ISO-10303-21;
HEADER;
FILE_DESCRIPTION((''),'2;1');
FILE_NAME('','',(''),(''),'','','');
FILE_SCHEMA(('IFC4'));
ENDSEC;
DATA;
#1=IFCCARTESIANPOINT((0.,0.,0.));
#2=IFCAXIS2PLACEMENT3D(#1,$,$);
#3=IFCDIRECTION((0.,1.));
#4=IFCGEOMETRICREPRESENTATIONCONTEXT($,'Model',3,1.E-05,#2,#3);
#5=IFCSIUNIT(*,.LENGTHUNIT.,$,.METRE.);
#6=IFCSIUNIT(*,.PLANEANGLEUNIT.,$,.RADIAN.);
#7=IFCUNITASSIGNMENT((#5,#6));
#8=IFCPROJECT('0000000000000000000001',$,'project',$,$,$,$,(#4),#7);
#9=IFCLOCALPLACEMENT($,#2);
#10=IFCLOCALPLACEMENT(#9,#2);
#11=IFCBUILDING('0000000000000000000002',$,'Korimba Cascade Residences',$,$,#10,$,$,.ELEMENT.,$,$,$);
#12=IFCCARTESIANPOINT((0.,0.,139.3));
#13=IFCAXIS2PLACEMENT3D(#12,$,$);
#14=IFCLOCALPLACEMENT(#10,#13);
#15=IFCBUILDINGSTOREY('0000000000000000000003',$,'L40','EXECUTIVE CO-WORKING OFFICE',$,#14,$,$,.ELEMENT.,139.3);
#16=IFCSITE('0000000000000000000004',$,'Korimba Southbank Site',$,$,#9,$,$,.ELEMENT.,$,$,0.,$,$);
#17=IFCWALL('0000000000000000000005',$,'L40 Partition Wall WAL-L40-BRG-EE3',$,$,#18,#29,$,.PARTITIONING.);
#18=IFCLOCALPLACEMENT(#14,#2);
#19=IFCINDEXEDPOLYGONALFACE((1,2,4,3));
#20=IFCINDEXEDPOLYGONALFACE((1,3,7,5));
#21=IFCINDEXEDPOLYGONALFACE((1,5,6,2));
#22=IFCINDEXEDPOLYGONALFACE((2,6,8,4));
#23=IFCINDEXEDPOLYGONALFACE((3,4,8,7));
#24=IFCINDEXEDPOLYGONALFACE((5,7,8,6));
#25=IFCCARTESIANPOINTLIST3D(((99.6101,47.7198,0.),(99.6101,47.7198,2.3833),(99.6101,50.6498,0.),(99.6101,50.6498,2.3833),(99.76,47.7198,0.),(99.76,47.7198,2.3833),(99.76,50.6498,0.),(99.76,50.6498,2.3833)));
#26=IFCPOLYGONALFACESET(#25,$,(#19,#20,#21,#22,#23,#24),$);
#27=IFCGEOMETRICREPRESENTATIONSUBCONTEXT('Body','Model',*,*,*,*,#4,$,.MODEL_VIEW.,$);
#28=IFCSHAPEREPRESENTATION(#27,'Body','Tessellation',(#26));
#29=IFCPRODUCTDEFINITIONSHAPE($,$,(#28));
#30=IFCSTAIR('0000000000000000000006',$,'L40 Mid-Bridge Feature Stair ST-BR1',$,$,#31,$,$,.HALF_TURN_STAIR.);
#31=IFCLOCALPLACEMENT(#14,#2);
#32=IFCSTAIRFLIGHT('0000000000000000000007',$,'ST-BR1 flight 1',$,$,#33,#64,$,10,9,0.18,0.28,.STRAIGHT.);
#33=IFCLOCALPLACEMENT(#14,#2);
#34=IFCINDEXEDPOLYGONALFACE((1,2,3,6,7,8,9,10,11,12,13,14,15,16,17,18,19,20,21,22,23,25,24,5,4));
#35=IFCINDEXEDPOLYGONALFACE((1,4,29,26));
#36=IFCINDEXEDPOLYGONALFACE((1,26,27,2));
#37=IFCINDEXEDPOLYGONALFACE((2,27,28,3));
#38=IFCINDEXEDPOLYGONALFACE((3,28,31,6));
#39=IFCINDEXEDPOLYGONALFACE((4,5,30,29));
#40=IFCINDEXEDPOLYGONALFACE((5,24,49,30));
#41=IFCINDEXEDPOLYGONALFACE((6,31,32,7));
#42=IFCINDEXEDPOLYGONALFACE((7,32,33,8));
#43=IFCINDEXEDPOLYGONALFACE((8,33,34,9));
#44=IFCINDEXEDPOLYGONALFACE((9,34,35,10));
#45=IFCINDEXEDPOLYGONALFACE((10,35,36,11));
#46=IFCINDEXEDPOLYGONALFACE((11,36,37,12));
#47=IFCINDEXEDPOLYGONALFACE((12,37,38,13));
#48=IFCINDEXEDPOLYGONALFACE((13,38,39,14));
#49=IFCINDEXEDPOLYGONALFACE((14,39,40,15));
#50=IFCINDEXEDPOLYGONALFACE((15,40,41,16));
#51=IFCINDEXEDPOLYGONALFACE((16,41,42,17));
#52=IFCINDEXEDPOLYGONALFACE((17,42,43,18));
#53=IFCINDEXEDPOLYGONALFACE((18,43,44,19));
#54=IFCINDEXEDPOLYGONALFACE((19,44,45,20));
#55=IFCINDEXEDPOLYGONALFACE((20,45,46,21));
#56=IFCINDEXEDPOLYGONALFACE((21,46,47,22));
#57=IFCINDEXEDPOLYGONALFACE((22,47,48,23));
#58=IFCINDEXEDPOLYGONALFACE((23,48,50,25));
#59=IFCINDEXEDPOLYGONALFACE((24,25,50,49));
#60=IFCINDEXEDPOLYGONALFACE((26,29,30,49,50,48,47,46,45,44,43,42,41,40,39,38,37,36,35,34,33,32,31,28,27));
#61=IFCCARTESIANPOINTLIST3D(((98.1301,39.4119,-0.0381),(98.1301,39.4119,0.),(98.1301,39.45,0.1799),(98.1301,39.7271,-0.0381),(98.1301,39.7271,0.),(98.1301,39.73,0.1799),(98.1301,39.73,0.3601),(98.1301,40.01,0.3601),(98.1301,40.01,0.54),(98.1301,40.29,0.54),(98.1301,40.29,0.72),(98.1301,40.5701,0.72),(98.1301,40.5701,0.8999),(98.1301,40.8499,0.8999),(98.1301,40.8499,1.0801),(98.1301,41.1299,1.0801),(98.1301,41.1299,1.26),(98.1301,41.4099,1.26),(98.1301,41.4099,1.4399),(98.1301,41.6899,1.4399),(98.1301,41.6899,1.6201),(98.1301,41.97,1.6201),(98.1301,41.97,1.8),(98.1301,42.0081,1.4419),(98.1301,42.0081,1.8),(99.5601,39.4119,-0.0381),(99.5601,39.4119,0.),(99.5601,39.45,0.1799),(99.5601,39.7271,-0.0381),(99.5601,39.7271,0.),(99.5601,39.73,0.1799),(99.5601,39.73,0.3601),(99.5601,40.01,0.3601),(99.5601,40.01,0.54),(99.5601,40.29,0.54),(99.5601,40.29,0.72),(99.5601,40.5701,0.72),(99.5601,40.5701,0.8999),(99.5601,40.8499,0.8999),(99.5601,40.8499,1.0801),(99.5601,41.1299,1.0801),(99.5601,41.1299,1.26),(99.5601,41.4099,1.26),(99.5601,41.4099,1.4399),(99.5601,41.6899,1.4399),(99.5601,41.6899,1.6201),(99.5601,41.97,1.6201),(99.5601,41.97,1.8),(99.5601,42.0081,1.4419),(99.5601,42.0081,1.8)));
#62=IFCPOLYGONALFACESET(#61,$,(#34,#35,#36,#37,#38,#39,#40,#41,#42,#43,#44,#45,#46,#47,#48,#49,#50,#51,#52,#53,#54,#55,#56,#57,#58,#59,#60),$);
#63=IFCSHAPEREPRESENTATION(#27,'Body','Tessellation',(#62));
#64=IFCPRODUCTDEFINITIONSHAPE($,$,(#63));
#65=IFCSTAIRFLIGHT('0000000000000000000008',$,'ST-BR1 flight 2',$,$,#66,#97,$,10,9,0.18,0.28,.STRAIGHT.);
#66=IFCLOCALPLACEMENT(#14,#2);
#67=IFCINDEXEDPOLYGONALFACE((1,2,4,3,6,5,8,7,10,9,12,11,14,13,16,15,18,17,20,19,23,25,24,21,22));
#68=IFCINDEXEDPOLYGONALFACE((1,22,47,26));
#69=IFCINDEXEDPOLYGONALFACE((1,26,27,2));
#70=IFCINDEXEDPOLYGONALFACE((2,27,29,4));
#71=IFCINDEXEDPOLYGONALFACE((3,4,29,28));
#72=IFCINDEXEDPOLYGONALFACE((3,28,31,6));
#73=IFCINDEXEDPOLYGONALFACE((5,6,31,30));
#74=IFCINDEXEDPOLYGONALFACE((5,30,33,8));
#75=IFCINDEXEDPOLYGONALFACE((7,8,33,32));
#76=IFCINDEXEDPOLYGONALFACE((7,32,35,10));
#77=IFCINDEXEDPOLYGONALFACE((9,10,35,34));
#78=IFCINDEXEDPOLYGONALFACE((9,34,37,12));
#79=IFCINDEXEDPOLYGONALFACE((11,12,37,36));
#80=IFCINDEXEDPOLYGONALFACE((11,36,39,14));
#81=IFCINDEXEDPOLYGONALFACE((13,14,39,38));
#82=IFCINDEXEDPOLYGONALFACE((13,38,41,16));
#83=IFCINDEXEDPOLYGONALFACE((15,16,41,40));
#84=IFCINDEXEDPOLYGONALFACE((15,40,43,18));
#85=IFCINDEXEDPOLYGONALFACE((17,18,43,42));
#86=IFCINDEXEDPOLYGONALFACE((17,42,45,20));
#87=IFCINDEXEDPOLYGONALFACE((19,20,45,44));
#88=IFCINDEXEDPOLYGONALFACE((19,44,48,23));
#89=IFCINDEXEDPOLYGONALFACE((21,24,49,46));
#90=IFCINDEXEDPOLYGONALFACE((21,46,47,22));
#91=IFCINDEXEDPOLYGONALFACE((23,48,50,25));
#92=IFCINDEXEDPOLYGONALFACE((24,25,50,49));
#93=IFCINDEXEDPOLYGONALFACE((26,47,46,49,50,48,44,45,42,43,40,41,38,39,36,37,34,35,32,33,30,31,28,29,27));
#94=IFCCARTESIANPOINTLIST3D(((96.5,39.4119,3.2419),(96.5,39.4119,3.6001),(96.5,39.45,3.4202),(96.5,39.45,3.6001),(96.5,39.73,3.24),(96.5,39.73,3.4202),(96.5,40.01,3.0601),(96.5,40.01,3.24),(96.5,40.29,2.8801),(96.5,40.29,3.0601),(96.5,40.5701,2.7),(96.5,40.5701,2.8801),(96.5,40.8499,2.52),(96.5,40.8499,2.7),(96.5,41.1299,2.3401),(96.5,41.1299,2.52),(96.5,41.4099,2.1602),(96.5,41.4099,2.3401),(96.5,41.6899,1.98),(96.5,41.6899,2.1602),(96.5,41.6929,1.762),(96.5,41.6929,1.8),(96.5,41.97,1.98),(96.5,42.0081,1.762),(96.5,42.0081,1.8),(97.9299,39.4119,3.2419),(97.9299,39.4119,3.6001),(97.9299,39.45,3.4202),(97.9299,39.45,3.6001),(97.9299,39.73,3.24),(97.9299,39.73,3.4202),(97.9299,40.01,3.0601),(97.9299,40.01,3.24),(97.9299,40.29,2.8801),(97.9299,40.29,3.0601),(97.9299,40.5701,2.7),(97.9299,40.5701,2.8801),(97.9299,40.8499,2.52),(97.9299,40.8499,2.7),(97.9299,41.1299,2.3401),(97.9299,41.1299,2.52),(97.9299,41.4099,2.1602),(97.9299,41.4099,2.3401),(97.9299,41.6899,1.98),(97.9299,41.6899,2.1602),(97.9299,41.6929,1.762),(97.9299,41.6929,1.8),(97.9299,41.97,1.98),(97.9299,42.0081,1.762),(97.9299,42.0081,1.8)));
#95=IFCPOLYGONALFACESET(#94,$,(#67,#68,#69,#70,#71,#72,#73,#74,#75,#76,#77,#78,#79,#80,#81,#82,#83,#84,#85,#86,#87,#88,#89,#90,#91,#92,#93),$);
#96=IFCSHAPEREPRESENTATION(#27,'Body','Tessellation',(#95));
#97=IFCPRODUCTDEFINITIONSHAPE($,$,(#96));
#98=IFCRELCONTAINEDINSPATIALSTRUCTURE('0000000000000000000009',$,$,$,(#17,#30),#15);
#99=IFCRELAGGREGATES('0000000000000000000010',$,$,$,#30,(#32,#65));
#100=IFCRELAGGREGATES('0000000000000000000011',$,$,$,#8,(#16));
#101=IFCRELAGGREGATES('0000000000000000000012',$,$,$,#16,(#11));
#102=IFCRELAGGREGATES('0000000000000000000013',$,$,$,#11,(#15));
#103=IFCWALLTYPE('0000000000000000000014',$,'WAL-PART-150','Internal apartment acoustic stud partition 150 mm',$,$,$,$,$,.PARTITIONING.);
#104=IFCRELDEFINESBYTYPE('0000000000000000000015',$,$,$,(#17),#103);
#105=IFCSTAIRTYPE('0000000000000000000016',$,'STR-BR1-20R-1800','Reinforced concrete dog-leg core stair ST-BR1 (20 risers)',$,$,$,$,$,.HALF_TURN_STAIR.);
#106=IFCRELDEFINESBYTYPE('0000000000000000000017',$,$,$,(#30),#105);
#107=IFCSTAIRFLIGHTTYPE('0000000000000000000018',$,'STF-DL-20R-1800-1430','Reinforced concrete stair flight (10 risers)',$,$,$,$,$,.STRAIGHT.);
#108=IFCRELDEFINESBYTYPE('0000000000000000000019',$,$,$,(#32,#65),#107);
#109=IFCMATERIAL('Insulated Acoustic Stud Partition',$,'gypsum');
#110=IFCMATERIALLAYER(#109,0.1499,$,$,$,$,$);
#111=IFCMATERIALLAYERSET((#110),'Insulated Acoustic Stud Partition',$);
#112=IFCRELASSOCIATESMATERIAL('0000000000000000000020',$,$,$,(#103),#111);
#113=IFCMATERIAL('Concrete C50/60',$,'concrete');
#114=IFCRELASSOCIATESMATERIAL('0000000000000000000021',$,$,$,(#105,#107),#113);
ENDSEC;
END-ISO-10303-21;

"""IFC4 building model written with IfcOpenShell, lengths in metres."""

from ifc_helpers import new_model, si_unit, direction, frame, frame_2d, origin, place, context, subcontext, project, spatial, polyline, rectangle, outline, extrude, material, layer, layer_set, type_object, element, aggregate, save


model = new_model("IFC4")

# Units and contexts
model_context = context("Model", 3, precision=1e-05, world=origin(), true_north=direction((0.0, 1.0)))
body_context = subcontext(model_context, "Body", "Model", "MODEL_VIEW")
ifc_project = project(units=[si_unit("LENGTHUNIT", "METRE"), si_unit("PLANEANGLEUNIT", "RADIAN")], contexts=[model_context])

# Site, building, storey
site_placement = place(None, origin())
site = spatial("IfcSite", under=ifc_project, at=site_placement, Name="Korimba Southbank Site", CompositionType="ELEMENT", RefElevation=0.0)
building_placement = place(site_placement, origin())
building = spatial("IfcBuilding", under=site, at=building_placement, Name="Korimba Cascade Residences", CompositionType="ELEMENT")
storey_placement = place(building_placement, frame((0.0, 0.0, 139.3)))
storey = spatial("IfcBuildingStorey", under=building, at=storey_placement, Name="L40", Description="EXECUTIVE CO-WORKING OFFICE", CompositionType="ELEMENT", Elevation=139.3)

# Wall
ifc_material_1 = material(Name="Insulated Acoustic Stud Partition", Category="gypsum")
ifc_layer = layer(ifc_material_1, 0.1499)
ifc_layer_set = layer_set([ifc_layer], Name="Insulated Acoustic Stud Partition")
wall_type = type_object("IfcWallType", Name="WAL-PART-150", Description="Internal apartment acoustic stud partition 150 mm", PredefinedType="PARTITIONING", material=ifc_layer_set)
wall_placement = place(storey_placement, frame((99.6851, 47.72, 0.0), z_axis=(0.0, 0.0, 1.0), x_axis=(0.0, 1.0, 0.0)))
element("IfcWall", 1, at=wall_placement, inside=storey, type_object=wall_type, Name="L40 Partition Wall WAL-L40-BRG-EE3", PredefinedType="PARTITIONING", context=body_context, shape_type="SweptSolid", body=[
    extrude(rectangle(XDim=2.9299, YDim=0.1499, at=frame_2d((1.4648, 0.0))), origin(), (0.0, 0.0, 1.0), 2.3833),
])

# Stair, stair flights
ifc_material_2 = material(Name="Concrete C50/60", Category="concrete")
stair_type = type_object("IfcStairType", Name="STR-BR1-20R-1800", Description="Reinforced concrete dog-leg core stair ST-BR1 (20 risers)", PredefinedType="HALF_TURN_STAIR", material=ifc_material_2)
stair_placement = place(storey_placement, origin())
stair = element("IfcStair", 2, at=stair_placement, inside=storey, type_object=stair_type, Name="L40 Mid-Bridge Feature Stair ST-BR1", PredefinedType="HALF_TURN_STAIR")
stair_flight_type = type_object("IfcStairFlightType", Name="STF-DL-20R-1800-1430", Description="Reinforced concrete stair flight (10 risers)", PredefinedType="STRAIGHT", material=ifc_material_2)
stair_flight_1_placement = place(storey_placement, frame((98.845, 39.45, 0.0), z_axis=(0.0, 0.0, 1.0), x_axis=(0.0, 1.0, 0.0)))
stair_flight_1 = element("IfcStairFlight", 3, at=stair_flight_1_placement, type_object=stair_flight_type, Name="ST-BR1 flight 1", NumberOfRisers=10, NumberOfTreads=9, PredefinedType="STRAIGHT", RiserHeight=0.18, TreadLength=0.28, context=body_context, shape_type="SweptSolid", body=[
    extrude(outline(polyline([(-0.0381, 0.0), (0.0, 0.1799), (0.28, 0.1799), (0.28, 0.3601), (0.5601, 0.3601), (0.5601, 0.54), (0.8401, 0.54), (0.8401, 0.72), (1.1201, 0.72), (1.1201, 0.8999), (1.3999, 0.8999), (1.3999, 1.0801), (1.6799, 1.0801), (1.6799, 1.26), (1.96, 1.26), (1.96, 1.4399), (2.24, 1.4399), (2.24, 1.6201), (2.52, 1.6201), (2.52, 1.8), (2.5581, 1.8), (2.5581, 1.4419), (0.2771, 0.0), (0.2771, -0.0381), (-0.0381, -0.0381), (-0.0381, 0.0)])), frame((0.0, 0.7148, 0.0), z_axis=(0.0, -1.0, 0.0), x_axis=(1.0, 0.0, 0.0)), (0.0, 0.0, 1.0), 1.4299),
])
stair_flight_2_placement = place(storey_placement, frame((97.2151, 41.97, 1.8), z_axis=(0.0, 0.0, 1.0), x_axis=(0.0, -1.0, 0.0)))
stair_flight_2 = element("IfcStairFlight", 4, at=stair_flight_2_placement, type_object=stair_flight_type, Name="ST-BR1 flight 2", NumberOfRisers=10, NumberOfTreads=9, PredefinedType="STRAIGHT", RiserHeight=0.18, TreadLength=0.28, context=body_context, shape_type="SweptSolid", body=[
    extrude(outline(polyline([(-0.0381, 0.0), (0.0, 0.1799), (0.28, 0.1799), (0.28, 0.3601), (0.5601, 0.3601), (0.5601, 0.54), (0.8401, 0.54), (0.8401, 0.72), (1.1201, 0.72), (1.1201, 0.8999), (1.3999, 0.8999), (1.3999, 1.0801), (1.6799, 1.0801), (1.6799, 1.26), (1.96, 1.26), (1.96, 1.4399), (2.24, 1.4399), (2.24, 1.6201), (2.52, 1.6201), (2.52, 1.8), (2.5581, 1.8), (2.5581, 1.4419), (0.2771, 0.0), (0.2771, -0.0381), (-0.0381, -0.0381), (-0.0381, 0.0)])), frame((0.0, 0.7148, 0.0), z_axis=(0.0, -1.0, 0.0), x_axis=(1.0, 0.0, 0.0)), (0.0, 0.0, 1.0), 1.4299),
])
aggregate(stair, [stair_flight_1, stair_flight_2])

save(model, "model.ifc")
